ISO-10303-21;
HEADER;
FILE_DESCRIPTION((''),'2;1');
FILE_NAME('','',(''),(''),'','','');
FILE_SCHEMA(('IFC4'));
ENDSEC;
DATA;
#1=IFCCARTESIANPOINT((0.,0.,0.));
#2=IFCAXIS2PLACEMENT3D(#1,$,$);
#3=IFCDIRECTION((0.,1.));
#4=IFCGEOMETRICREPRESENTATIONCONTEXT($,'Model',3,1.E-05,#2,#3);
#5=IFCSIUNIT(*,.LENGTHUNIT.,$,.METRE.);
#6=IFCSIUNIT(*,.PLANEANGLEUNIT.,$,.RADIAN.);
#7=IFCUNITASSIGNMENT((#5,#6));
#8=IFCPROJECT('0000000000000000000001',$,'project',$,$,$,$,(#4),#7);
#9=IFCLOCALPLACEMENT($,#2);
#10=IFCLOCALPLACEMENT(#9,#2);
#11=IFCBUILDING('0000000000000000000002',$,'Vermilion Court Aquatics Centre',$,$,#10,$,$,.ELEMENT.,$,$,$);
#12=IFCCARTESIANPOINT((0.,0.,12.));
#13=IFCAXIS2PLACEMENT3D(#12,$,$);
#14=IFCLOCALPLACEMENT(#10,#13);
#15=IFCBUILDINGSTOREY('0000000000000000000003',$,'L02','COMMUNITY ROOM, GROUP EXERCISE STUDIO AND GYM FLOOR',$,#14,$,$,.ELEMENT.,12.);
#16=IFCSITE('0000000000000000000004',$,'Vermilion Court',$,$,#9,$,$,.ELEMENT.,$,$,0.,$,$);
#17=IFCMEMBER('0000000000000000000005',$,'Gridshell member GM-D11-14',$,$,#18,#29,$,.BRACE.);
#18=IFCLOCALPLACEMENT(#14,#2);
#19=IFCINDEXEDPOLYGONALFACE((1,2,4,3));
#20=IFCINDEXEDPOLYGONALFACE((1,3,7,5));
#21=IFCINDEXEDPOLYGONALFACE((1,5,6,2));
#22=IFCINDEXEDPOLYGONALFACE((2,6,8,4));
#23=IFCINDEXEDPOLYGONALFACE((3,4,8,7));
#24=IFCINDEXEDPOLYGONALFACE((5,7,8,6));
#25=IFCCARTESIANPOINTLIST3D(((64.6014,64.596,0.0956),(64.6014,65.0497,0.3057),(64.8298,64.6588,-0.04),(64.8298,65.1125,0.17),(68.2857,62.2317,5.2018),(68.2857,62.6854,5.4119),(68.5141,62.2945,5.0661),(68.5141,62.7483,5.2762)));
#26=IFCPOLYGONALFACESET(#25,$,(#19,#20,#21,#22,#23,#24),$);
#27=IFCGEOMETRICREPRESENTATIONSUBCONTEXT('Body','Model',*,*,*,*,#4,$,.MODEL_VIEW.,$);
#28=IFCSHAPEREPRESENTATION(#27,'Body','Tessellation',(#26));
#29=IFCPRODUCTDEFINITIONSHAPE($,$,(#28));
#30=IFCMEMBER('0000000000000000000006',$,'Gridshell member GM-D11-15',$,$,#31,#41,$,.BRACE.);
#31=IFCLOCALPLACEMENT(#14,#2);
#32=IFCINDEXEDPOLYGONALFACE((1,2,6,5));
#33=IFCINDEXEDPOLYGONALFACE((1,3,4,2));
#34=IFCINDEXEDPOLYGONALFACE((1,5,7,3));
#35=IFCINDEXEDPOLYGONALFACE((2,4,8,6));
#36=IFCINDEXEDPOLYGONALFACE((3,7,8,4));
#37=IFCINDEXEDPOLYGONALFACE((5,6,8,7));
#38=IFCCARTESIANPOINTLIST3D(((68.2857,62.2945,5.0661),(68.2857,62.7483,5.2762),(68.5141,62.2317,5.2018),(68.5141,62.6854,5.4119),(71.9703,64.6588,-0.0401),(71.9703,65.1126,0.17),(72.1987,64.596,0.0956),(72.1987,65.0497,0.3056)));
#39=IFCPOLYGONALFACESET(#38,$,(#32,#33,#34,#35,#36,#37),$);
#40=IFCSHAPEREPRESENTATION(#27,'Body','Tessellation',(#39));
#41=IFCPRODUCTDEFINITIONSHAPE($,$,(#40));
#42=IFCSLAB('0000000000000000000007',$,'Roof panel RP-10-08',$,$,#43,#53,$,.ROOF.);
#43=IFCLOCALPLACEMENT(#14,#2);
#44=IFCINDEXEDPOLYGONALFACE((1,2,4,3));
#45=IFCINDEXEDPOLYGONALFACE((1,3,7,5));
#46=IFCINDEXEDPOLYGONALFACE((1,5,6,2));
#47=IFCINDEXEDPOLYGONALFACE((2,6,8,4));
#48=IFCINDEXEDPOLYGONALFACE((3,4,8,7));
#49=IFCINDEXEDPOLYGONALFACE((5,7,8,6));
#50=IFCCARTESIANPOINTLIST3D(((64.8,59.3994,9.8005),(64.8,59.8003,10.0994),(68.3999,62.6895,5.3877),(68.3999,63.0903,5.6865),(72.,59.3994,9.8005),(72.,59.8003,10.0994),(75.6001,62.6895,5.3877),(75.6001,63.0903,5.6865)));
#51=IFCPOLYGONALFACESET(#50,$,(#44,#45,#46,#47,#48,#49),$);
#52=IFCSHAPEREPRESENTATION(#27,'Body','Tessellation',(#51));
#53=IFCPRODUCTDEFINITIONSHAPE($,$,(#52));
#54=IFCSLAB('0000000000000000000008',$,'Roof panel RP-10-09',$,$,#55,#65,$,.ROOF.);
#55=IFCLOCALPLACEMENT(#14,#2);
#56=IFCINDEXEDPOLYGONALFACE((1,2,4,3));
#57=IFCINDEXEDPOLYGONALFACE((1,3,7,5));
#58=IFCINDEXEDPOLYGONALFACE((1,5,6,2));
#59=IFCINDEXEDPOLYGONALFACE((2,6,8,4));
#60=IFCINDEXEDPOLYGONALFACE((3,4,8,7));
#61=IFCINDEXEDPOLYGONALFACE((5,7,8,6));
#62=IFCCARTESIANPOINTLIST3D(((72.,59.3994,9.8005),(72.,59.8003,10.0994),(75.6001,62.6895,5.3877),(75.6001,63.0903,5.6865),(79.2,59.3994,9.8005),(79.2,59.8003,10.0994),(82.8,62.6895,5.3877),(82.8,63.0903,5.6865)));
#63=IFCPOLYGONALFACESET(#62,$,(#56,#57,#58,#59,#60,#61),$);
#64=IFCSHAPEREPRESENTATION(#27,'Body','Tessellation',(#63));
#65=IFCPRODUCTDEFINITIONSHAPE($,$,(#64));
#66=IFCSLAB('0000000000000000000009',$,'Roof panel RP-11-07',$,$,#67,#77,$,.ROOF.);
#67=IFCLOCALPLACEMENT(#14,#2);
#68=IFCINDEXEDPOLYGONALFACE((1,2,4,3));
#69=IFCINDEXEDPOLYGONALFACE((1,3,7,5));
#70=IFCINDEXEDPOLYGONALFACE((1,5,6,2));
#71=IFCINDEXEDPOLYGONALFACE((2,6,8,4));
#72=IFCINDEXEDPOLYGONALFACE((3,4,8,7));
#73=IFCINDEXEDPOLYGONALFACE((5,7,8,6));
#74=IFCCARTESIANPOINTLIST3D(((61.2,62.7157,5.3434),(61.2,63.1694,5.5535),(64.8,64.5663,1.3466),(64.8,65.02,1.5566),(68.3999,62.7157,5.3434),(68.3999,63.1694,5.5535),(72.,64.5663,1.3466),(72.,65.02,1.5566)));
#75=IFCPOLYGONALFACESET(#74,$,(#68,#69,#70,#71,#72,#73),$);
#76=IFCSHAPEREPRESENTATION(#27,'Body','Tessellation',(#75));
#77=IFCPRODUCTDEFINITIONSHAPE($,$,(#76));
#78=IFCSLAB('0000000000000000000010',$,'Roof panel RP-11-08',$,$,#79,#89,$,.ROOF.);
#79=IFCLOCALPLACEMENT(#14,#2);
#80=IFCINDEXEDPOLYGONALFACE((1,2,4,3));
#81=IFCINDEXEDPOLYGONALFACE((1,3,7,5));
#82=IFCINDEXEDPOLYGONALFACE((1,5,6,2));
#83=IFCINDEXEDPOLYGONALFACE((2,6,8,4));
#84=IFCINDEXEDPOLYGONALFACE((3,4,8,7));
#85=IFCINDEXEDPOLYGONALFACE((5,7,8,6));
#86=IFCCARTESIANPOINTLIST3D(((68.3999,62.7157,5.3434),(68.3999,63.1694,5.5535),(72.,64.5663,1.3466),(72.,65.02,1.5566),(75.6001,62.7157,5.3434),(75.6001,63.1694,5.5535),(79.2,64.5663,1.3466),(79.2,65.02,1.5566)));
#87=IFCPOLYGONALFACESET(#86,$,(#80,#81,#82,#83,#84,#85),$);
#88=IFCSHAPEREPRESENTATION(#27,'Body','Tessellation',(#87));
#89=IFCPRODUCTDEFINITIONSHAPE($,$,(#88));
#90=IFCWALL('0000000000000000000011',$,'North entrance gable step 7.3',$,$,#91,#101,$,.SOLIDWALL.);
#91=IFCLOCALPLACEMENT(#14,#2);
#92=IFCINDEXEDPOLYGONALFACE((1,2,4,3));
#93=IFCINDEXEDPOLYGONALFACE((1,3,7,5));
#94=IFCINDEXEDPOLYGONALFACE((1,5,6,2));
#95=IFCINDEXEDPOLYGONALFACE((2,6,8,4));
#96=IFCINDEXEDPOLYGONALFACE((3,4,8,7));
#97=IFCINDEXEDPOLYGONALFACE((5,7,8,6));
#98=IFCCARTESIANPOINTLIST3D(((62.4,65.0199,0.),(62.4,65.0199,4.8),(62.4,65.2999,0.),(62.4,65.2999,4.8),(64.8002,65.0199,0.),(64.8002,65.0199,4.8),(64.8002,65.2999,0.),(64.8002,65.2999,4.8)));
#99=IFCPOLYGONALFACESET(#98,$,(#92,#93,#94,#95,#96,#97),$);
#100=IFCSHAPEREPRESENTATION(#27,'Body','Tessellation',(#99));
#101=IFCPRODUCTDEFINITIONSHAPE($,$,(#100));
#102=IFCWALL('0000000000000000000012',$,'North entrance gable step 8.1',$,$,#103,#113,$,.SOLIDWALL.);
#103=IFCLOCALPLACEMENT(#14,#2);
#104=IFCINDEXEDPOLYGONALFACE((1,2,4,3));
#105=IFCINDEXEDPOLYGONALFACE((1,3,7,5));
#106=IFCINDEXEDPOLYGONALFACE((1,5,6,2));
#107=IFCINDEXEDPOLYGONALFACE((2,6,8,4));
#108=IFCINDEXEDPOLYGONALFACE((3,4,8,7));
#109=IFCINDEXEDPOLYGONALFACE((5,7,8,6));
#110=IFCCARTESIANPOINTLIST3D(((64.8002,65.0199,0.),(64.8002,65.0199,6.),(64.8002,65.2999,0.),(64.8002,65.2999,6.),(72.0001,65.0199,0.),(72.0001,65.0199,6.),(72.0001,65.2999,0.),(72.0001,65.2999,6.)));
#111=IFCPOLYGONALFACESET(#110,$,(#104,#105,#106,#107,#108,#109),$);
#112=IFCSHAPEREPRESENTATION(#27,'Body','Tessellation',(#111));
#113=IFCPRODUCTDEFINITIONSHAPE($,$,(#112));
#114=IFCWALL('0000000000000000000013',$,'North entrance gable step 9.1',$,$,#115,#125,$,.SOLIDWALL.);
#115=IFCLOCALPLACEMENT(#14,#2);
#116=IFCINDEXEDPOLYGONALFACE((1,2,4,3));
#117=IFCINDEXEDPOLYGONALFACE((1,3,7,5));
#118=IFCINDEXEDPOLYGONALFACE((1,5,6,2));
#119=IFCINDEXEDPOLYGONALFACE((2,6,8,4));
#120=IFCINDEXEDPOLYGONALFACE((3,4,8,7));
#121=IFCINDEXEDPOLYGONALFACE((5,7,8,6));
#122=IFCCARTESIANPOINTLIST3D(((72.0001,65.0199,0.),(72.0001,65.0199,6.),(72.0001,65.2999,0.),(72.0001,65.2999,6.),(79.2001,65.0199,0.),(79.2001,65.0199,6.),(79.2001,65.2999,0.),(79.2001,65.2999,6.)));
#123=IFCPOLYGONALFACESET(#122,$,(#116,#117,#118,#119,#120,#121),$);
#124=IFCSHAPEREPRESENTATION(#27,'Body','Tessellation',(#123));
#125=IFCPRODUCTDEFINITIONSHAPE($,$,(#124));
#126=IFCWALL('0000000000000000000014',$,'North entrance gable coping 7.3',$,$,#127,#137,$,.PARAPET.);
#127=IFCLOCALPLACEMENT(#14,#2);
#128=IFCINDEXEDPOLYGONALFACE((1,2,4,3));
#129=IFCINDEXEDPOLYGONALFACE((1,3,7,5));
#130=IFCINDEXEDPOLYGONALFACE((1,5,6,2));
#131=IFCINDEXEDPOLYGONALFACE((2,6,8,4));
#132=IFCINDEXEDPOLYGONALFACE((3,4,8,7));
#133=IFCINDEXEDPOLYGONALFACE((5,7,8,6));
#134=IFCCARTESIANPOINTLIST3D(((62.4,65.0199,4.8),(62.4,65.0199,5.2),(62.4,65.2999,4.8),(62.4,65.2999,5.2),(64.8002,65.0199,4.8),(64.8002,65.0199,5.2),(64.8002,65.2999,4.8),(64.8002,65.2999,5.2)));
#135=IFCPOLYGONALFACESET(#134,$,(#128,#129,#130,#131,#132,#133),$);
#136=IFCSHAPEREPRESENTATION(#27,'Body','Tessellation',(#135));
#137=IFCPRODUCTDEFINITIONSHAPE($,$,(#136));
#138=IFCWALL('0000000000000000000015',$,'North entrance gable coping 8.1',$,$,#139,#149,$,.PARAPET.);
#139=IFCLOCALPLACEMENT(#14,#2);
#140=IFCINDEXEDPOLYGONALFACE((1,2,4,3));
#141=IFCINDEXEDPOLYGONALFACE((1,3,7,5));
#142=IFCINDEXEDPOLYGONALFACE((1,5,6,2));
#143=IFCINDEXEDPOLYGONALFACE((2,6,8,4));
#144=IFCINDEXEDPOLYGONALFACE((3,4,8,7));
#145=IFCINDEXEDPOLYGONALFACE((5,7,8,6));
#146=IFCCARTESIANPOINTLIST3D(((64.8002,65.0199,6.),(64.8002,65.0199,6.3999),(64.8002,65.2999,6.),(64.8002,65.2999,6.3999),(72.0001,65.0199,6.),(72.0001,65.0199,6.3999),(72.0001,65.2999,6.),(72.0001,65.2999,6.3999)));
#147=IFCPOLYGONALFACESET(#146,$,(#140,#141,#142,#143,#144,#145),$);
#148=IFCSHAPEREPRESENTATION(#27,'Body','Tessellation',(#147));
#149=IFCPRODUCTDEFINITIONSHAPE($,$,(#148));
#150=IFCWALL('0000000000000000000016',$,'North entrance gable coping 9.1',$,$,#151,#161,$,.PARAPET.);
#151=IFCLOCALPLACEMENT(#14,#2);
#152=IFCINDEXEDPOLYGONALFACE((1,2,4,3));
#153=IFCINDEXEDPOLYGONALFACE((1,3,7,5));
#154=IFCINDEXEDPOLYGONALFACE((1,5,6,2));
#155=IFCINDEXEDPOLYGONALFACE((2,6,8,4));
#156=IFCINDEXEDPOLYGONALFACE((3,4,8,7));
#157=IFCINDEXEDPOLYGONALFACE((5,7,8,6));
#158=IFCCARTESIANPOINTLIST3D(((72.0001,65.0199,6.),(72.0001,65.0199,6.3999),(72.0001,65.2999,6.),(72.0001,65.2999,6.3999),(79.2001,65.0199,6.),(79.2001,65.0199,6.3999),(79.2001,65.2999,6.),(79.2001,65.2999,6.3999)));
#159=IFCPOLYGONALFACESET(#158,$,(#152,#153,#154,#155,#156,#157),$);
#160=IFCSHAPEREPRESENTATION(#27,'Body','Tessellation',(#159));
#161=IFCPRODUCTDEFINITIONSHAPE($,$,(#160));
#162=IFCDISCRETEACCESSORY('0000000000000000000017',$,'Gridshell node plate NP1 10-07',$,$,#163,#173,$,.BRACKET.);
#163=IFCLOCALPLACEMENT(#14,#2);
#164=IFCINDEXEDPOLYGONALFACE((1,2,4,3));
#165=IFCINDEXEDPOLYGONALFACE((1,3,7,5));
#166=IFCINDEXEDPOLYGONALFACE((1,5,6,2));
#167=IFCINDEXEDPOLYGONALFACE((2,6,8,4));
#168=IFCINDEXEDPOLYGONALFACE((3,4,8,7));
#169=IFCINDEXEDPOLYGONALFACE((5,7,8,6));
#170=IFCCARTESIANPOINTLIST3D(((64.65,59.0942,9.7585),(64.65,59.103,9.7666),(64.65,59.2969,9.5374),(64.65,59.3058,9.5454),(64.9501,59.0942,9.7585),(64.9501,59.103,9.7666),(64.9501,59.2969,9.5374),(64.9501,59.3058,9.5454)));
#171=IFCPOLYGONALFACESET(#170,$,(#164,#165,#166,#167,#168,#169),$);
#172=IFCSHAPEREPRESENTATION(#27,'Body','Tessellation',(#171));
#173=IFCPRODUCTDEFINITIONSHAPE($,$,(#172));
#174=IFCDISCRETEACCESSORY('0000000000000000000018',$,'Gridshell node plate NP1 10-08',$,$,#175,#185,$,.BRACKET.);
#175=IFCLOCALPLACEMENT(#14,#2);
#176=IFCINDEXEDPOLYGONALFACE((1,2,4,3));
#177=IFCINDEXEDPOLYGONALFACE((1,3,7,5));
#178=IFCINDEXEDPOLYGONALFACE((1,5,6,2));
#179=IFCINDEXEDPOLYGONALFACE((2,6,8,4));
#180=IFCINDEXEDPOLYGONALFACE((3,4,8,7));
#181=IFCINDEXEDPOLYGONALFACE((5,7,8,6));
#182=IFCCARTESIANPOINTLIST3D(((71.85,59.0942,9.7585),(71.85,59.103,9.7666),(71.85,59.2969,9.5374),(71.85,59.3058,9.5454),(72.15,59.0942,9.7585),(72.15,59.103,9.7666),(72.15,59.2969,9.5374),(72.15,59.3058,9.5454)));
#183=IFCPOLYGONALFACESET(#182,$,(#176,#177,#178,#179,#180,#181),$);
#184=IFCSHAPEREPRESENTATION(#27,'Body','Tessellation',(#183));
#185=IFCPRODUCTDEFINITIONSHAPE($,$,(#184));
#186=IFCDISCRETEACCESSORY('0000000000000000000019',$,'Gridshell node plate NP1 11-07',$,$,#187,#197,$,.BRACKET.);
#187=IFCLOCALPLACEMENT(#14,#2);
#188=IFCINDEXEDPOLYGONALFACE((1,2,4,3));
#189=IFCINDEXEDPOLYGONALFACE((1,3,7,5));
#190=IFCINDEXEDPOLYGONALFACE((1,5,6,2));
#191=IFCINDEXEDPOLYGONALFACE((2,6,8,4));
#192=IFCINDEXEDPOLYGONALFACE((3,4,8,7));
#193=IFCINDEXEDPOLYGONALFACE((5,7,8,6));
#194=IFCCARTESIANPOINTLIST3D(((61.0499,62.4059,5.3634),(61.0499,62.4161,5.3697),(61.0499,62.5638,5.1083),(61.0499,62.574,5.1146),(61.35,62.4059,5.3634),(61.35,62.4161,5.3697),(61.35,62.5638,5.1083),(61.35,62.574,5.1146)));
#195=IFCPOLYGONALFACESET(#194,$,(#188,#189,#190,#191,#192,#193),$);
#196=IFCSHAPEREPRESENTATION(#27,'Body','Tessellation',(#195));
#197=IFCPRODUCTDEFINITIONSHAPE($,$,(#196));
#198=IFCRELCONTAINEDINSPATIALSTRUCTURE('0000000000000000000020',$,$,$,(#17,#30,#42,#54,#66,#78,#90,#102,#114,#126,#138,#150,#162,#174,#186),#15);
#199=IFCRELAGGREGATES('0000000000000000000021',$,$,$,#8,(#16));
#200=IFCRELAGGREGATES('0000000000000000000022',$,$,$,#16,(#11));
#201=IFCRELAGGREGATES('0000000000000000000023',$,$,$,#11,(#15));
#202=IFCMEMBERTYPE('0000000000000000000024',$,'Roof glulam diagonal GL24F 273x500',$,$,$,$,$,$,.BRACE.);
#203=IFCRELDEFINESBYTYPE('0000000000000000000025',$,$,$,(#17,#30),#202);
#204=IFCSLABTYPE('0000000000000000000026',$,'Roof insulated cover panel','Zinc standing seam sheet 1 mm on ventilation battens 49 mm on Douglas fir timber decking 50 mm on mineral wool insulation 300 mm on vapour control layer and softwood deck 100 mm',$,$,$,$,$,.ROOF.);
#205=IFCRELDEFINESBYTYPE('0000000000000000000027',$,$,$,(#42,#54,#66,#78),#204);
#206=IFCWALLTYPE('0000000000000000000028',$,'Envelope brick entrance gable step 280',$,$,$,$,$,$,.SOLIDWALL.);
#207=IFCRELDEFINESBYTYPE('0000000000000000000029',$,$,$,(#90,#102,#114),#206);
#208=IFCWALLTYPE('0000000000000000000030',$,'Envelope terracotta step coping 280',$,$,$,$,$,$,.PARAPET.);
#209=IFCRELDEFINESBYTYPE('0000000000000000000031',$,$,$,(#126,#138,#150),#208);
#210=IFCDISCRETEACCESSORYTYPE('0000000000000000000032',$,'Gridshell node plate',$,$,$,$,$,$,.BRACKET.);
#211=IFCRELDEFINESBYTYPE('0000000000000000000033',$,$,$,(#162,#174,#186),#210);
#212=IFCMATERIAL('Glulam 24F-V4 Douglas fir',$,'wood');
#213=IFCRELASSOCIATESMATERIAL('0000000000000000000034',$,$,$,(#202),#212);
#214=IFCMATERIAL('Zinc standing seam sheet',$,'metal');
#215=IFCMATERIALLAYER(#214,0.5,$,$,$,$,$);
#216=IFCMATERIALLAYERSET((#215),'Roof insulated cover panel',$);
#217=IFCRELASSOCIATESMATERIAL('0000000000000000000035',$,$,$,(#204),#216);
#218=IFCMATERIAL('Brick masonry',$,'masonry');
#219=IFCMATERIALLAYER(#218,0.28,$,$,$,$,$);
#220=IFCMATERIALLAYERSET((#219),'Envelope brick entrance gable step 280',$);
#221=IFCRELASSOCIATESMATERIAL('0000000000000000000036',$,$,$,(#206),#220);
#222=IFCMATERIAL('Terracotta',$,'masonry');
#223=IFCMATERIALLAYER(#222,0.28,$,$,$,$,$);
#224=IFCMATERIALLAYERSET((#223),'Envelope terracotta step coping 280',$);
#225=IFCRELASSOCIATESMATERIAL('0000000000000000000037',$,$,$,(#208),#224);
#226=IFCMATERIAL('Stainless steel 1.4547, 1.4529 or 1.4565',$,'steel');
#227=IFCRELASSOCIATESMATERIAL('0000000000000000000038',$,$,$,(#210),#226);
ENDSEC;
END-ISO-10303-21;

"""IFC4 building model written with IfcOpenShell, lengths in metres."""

from ifc_helpers import new_model, si_unit, direction, frame, frame_2d, origin, origin_2d, place, context, subcontext, project, spatial, polyline, rectangle, outline, extrude, material, layer, layer_set, material_profile, profile_set, type_object, element, save


model = new_model("IFC4")

# Units and contexts
model_context = context("Model", 3, precision=1e-05, world=origin(), true_north=direction((0.0, 1.0)))
body_context = subcontext(model_context, "Body", "Model", "MODEL_VIEW")
ifc_project = project(units=[si_unit("LENGTHUNIT", "METRE"), si_unit("PLANEANGLEUNIT", "RADIAN")], contexts=[model_context])

# Site, building, storey
site_placement = place(None, origin())
site = spatial("IfcSite", under=ifc_project, at=site_placement, Name="Vermilion Court", CompositionType="ELEMENT", RefElevation=0.0)
building_placement = place(site_placement, origin())
building = spatial("IfcBuilding", under=site, at=building_placement, Name="Vermilion Court Aquatics Centre", CompositionType="ELEMENT")
storey_placement = place(building_placement, frame((0.0, 0.0, 12.0)))
storey = spatial("IfcBuildingStorey", under=building, at=storey_placement, Name="L02", Description="COMMUNITY ROOM, GROUP EXERCISE STUDIO AND GYM FLOOR", CompositionType="ELEMENT", Elevation=12.0)

# Members
ifc_material_1 = material(Name="Glulam 24F-V4 Douglas fir", Category="wood")
ifc_material_profile_1 = material_profile(ifc_material_1, rectangle(XDim=0.2729, YDim=0.5, at=origin_2d()), Name="GL24F 273x500")
ifc_profile_set_1 = profile_set([ifc_material_profile_1], Name="Glulam 24F-V4 Douglas fir")
member_type_1 = type_object("IfcMemberType", Name="Roof glulam diagonal GL24F 273x500", PredefinedType="BRACE", material=ifc_profile_set_1)
member_1_placement = place(storey_placement, frame((68.3999, 62.49, 5.239), z_axis=(-0.547785, 0.351517, -0.759189), x_axis=(-0.836619, -0.230161, 0.497085)))
element("IfcMember", 1, at=member_1_placement, inside=storey, type_object=member_type_1, Name="Gridshell member GM-D11-14", PredefinedType="BRACE", context=body_context, shape_type="SweptSolid", body=[
    extrude(rectangle(XDim=0.2729, YDim=0.5, at=origin_2d()), origin(), (0.0, 0.0, 1.0), 6.7258),
])
member_2_placement = place(storey_placement, frame((68.3999, 62.49, 5.239), z_axis=(0.54781, 0.35151, -0.759174), x_axis=(-0.836603, 0.230193, -0.497099)))
element("IfcMember", 2, at=member_2_placement, inside=storey, type_object=member_type_1, Name="Gridshell member GM-D11-15", PredefinedType="BRACE", context=body_context, shape_type="SweptSolid", body=[
    extrude(rectangle(XDim=0.2729, YDim=0.5, at=origin_2d()), origin(), (0.0, 0.0, 1.0), 6.7261),
])

# Slabs
ifc_material_2 = material(Name="Zinc standing seam sheet", Category="metal")
ifc_layer_1 = layer(ifc_material_2, 0.5)
ifc_layer_set_1 = layer_set([ifc_layer_1], Name="Roof insulated cover panel")
slab_type = type_object("IfcSlabType", Name="Roof insulated cover panel", Description="Zinc standing seam sheet 1 mm on ventilation battens 49 mm on Douglas fir timber decking 50 mm on mineral wool insulation 300 mm on vapour control layer and softwood deck 100 mm", PredefinedType="ROOF", material=ifc_layer_set_1)
slab_1_placement = place(storey_placement, frame((64.8, 59.8003, 10.0994), z_axis=(0.0, 0.801705, 0.59772), x_axis=(1.0, 0.0, 0.0)))
element("IfcSlab", 3, at=slab_1_placement, inside=storey, type_object=slab_type, Name="Roof panel RP-10-08", PredefinedType="ROOF", context=body_context, shape_type="SweptSolid", body=[
    extrude(outline(polyline([(0.0, 0.0), (7.2, 0.0), (10.8, 5.5043), (3.5999, 5.5043), (0.0, 0.0)])), origin(), (0.0, 0.0, -1.0), 0.5),
])
slab_2_placement = place(storey_placement, frame((72.0, 59.8003, 10.0994), z_axis=(0.0, 0.801705, 0.59772), x_axis=(1.0, 0.0, 0.0)))
element("IfcSlab", 4, at=slab_2_placement, inside=storey, type_object=slab_type, Name="Roof panel RP-10-09", PredefinedType="ROOF", context=body_context, shape_type="SweptSolid", body=[
    extrude(outline(polyline([(0.0, 0.0), (7.2, 0.0), (10.8, 5.5043), (3.6001, 5.5043), (0.0, 0.0)])), origin(), (0.0, 0.0, -1.0), 0.5),
])
slab_3_placement = place(storey_placement, frame((61.2, 63.1694, 5.5535), z_axis=(0.0, 0.907449, 0.420162), x_axis=(1.0, 0.0, 0.0)))
element("IfcSlab", 5, at=slab_3_placement, inside=storey, type_object=slab_type, Name="Roof panel RP-11-07", PredefinedType="ROOF", context=body_context, shape_type="SweptSolid", body=[
    extrude(outline(polyline([(0.0, 0.0), (7.2, 0.0), (10.8, 4.4045), (3.6001, 4.4045), (0.0, 0.0)])), origin(), (0.0, 0.0, -1.0), 0.5),
])
slab_4_placement = place(storey_placement, frame((68.3999, 63.1694, 5.5535), z_axis=(0.0, 0.907449, 0.420162), x_axis=(1.0, 0.0, 0.0)))
element("IfcSlab", 6, at=slab_4_placement, inside=storey, type_object=slab_type, Name="Roof panel RP-11-08", PredefinedType="ROOF", context=body_context, shape_type="SweptSolid", body=[
    extrude(outline(polyline([(0.0, 0.0), (7.2002, 0.0), (10.8, 4.4045), (3.6001, 4.4045), (0.0, 0.0)])), origin(), (0.0, 0.0, -1.0), 0.5),
])

# Walls
ifc_material_3 = material(Name="Brick masonry", Category="masonry")
ifc_layer_2 = layer(ifc_material_3, 0.28)
ifc_layer_set_2 = layer_set([ifc_layer_2], Name="Envelope brick entrance gable step 280")
wall_type_1 = type_object("IfcWallType", Name="Envelope brick entrance gable step 280", PredefinedType="SOLIDWALL", material=ifc_layer_set_2)
wall_1_placement = place(storey_placement, frame((62.3999, 65.1599, 0.0), z_axis=(0.0, 0.0, 1.0), x_axis=(1.0, 0.0, 0.0)))
element("IfcWall", 7, at=wall_1_placement, inside=storey, type_object=wall_type_1, Name="North entrance gable step 7.3", PredefinedType="SOLIDWALL", context=body_context, shape_type="SweptSolid", body=[
    extrude(rectangle(XDim=2.4001, YDim=0.28, at=frame_2d((1.2002, 0.0))), origin(), (0.0, 0.0, 1.0), 4.8),
])
for number, where, z_axis, x_axis, name in (
    (8, (64.8, 65.1599, 0.0), (0.0, 0.0, 1.0), (1.0, 0.0, 0.0), "North entrance gable step 8.1"),
    (9, (72.0, 65.1599, 0.0), (0.0, 0.0, 1.0), (1.0, 0.0, 0.0), "North entrance gable step 9.1"),
):
    element("IfcWall", number, at=place(storey_placement, frame(where, z_axis=z_axis, x_axis=x_axis)), inside=storey, type_object=wall_type_1, Name=name, PredefinedType="SOLIDWALL", context=body_context, shape_type="SweptSolid", body=[
        extrude(rectangle(XDim=7.2, YDim=0.28, at=frame_2d((3.6001, 0.0))), origin(), (0.0, 0.0, 1.0), 6.0),
    ])
ifc_material_4 = material(Name="Terracotta", Category="masonry")
ifc_layer_3 = layer(ifc_material_4, 0.28)
ifc_layer_set_3 = layer_set([ifc_layer_3], Name="Envelope terracotta step coping 280")
wall_type_2 = type_object("IfcWallType", Name="Envelope terracotta step coping 280", PredefinedType="PARAPET", material=ifc_layer_set_3)
wall_2_placement = place(storey_placement, frame((62.3999, 65.1599, 4.8), z_axis=(0.0, 0.0, 1.0), x_axis=(1.0, 0.0, 0.0)))
element("IfcWall", 10, at=wall_2_placement, inside=storey, type_object=wall_type_2, Name="North entrance gable coping 7.3", PredefinedType="PARAPET", context=body_context, shape_type="SweptSolid", body=[
    extrude(rectangle(XDim=2.4001, YDim=0.28, at=frame_2d((1.2002, 0.0))), origin(), (0.0, 0.0, 1.0), 0.3999),
])
for number, where, z_axis, x_axis, name in (
    (11, (64.8, 65.1599, 6.0), (0.0, 0.0, 1.0), (1.0, 0.0, 0.0), "North entrance gable coping 8.1"),
    (12, (72.0, 65.1599, 6.0), (0.0, 0.0, 1.0), (1.0, 0.0, 0.0), "North entrance gable coping 9.1"),
):
    element("IfcWall", number, at=place(storey_placement, frame(where, z_axis=z_axis, x_axis=x_axis)), inside=storey, type_object=wall_type_2, Name=name, PredefinedType="PARAPET", context=body_context, shape_type="SweptSolid", body=[
        extrude(rectangle(XDim=7.2, YDim=0.28, at=frame_2d((3.6001, 0.0))), origin(), (0.0, 0.0, 1.0), 0.3999),
    ])

# Discrete accessories
ifc_material_5 = material(Name="Stainless steel 1.4547, 1.4529 or 1.4565", Category="steel")
ifc_material_profile_2 = material_profile(ifc_material_5, rectangle(XDim=0.3, YDim=0.3, at=origin_2d()), Name="PL 12 x 300 x 300")
ifc_profile_set_2 = profile_set([ifc_material_profile_2], Name="Stainless steel 1.4547, 1.4529 or 1.4565")
discrete_accessory_type_1 = type_object("IfcDiscreteAccessoryType", Name="Gridshell node plate", PredefinedType="BRACKET", material=ifc_profile_set_2)
for number, where, z_axis, x_axis, name in (
    (13, (64.8, 59.1956, 9.6479), (0.0, 0.737154, 0.675725), (-1.0, 0.0, 0.0), "Gridshell node plate NP1 10-07"),
    (14, (72.0, 59.1956, 9.6479), (0.0, 0.737154, 0.675725), (-1.0, 0.0, 0.0), "Gridshell node plate NP1 10-08"),
    (15, (61.2, 62.4849, 5.2358), (0.0, 0.850265, 0.526355), (-1.0, 0.0, 0.0), "Gridshell node plate NP1 11-07"),
):
    element("IfcDiscreteAccessory", number, at=place(storey_placement, frame(where, z_axis=z_axis, x_axis=x_axis)), inside=storey, type_object=discrete_accessory_type_1, Name=name, PredefinedType="BRACKET", context=body_context, shape_type="SweptSolid", body=[
        extrude(rectangle(XDim=0.3, YDim=0.3, at=origin_2d()), origin(), (0.0, 0.0, 1.0), 0.012),
    ])

save(model, "model.ifc")
